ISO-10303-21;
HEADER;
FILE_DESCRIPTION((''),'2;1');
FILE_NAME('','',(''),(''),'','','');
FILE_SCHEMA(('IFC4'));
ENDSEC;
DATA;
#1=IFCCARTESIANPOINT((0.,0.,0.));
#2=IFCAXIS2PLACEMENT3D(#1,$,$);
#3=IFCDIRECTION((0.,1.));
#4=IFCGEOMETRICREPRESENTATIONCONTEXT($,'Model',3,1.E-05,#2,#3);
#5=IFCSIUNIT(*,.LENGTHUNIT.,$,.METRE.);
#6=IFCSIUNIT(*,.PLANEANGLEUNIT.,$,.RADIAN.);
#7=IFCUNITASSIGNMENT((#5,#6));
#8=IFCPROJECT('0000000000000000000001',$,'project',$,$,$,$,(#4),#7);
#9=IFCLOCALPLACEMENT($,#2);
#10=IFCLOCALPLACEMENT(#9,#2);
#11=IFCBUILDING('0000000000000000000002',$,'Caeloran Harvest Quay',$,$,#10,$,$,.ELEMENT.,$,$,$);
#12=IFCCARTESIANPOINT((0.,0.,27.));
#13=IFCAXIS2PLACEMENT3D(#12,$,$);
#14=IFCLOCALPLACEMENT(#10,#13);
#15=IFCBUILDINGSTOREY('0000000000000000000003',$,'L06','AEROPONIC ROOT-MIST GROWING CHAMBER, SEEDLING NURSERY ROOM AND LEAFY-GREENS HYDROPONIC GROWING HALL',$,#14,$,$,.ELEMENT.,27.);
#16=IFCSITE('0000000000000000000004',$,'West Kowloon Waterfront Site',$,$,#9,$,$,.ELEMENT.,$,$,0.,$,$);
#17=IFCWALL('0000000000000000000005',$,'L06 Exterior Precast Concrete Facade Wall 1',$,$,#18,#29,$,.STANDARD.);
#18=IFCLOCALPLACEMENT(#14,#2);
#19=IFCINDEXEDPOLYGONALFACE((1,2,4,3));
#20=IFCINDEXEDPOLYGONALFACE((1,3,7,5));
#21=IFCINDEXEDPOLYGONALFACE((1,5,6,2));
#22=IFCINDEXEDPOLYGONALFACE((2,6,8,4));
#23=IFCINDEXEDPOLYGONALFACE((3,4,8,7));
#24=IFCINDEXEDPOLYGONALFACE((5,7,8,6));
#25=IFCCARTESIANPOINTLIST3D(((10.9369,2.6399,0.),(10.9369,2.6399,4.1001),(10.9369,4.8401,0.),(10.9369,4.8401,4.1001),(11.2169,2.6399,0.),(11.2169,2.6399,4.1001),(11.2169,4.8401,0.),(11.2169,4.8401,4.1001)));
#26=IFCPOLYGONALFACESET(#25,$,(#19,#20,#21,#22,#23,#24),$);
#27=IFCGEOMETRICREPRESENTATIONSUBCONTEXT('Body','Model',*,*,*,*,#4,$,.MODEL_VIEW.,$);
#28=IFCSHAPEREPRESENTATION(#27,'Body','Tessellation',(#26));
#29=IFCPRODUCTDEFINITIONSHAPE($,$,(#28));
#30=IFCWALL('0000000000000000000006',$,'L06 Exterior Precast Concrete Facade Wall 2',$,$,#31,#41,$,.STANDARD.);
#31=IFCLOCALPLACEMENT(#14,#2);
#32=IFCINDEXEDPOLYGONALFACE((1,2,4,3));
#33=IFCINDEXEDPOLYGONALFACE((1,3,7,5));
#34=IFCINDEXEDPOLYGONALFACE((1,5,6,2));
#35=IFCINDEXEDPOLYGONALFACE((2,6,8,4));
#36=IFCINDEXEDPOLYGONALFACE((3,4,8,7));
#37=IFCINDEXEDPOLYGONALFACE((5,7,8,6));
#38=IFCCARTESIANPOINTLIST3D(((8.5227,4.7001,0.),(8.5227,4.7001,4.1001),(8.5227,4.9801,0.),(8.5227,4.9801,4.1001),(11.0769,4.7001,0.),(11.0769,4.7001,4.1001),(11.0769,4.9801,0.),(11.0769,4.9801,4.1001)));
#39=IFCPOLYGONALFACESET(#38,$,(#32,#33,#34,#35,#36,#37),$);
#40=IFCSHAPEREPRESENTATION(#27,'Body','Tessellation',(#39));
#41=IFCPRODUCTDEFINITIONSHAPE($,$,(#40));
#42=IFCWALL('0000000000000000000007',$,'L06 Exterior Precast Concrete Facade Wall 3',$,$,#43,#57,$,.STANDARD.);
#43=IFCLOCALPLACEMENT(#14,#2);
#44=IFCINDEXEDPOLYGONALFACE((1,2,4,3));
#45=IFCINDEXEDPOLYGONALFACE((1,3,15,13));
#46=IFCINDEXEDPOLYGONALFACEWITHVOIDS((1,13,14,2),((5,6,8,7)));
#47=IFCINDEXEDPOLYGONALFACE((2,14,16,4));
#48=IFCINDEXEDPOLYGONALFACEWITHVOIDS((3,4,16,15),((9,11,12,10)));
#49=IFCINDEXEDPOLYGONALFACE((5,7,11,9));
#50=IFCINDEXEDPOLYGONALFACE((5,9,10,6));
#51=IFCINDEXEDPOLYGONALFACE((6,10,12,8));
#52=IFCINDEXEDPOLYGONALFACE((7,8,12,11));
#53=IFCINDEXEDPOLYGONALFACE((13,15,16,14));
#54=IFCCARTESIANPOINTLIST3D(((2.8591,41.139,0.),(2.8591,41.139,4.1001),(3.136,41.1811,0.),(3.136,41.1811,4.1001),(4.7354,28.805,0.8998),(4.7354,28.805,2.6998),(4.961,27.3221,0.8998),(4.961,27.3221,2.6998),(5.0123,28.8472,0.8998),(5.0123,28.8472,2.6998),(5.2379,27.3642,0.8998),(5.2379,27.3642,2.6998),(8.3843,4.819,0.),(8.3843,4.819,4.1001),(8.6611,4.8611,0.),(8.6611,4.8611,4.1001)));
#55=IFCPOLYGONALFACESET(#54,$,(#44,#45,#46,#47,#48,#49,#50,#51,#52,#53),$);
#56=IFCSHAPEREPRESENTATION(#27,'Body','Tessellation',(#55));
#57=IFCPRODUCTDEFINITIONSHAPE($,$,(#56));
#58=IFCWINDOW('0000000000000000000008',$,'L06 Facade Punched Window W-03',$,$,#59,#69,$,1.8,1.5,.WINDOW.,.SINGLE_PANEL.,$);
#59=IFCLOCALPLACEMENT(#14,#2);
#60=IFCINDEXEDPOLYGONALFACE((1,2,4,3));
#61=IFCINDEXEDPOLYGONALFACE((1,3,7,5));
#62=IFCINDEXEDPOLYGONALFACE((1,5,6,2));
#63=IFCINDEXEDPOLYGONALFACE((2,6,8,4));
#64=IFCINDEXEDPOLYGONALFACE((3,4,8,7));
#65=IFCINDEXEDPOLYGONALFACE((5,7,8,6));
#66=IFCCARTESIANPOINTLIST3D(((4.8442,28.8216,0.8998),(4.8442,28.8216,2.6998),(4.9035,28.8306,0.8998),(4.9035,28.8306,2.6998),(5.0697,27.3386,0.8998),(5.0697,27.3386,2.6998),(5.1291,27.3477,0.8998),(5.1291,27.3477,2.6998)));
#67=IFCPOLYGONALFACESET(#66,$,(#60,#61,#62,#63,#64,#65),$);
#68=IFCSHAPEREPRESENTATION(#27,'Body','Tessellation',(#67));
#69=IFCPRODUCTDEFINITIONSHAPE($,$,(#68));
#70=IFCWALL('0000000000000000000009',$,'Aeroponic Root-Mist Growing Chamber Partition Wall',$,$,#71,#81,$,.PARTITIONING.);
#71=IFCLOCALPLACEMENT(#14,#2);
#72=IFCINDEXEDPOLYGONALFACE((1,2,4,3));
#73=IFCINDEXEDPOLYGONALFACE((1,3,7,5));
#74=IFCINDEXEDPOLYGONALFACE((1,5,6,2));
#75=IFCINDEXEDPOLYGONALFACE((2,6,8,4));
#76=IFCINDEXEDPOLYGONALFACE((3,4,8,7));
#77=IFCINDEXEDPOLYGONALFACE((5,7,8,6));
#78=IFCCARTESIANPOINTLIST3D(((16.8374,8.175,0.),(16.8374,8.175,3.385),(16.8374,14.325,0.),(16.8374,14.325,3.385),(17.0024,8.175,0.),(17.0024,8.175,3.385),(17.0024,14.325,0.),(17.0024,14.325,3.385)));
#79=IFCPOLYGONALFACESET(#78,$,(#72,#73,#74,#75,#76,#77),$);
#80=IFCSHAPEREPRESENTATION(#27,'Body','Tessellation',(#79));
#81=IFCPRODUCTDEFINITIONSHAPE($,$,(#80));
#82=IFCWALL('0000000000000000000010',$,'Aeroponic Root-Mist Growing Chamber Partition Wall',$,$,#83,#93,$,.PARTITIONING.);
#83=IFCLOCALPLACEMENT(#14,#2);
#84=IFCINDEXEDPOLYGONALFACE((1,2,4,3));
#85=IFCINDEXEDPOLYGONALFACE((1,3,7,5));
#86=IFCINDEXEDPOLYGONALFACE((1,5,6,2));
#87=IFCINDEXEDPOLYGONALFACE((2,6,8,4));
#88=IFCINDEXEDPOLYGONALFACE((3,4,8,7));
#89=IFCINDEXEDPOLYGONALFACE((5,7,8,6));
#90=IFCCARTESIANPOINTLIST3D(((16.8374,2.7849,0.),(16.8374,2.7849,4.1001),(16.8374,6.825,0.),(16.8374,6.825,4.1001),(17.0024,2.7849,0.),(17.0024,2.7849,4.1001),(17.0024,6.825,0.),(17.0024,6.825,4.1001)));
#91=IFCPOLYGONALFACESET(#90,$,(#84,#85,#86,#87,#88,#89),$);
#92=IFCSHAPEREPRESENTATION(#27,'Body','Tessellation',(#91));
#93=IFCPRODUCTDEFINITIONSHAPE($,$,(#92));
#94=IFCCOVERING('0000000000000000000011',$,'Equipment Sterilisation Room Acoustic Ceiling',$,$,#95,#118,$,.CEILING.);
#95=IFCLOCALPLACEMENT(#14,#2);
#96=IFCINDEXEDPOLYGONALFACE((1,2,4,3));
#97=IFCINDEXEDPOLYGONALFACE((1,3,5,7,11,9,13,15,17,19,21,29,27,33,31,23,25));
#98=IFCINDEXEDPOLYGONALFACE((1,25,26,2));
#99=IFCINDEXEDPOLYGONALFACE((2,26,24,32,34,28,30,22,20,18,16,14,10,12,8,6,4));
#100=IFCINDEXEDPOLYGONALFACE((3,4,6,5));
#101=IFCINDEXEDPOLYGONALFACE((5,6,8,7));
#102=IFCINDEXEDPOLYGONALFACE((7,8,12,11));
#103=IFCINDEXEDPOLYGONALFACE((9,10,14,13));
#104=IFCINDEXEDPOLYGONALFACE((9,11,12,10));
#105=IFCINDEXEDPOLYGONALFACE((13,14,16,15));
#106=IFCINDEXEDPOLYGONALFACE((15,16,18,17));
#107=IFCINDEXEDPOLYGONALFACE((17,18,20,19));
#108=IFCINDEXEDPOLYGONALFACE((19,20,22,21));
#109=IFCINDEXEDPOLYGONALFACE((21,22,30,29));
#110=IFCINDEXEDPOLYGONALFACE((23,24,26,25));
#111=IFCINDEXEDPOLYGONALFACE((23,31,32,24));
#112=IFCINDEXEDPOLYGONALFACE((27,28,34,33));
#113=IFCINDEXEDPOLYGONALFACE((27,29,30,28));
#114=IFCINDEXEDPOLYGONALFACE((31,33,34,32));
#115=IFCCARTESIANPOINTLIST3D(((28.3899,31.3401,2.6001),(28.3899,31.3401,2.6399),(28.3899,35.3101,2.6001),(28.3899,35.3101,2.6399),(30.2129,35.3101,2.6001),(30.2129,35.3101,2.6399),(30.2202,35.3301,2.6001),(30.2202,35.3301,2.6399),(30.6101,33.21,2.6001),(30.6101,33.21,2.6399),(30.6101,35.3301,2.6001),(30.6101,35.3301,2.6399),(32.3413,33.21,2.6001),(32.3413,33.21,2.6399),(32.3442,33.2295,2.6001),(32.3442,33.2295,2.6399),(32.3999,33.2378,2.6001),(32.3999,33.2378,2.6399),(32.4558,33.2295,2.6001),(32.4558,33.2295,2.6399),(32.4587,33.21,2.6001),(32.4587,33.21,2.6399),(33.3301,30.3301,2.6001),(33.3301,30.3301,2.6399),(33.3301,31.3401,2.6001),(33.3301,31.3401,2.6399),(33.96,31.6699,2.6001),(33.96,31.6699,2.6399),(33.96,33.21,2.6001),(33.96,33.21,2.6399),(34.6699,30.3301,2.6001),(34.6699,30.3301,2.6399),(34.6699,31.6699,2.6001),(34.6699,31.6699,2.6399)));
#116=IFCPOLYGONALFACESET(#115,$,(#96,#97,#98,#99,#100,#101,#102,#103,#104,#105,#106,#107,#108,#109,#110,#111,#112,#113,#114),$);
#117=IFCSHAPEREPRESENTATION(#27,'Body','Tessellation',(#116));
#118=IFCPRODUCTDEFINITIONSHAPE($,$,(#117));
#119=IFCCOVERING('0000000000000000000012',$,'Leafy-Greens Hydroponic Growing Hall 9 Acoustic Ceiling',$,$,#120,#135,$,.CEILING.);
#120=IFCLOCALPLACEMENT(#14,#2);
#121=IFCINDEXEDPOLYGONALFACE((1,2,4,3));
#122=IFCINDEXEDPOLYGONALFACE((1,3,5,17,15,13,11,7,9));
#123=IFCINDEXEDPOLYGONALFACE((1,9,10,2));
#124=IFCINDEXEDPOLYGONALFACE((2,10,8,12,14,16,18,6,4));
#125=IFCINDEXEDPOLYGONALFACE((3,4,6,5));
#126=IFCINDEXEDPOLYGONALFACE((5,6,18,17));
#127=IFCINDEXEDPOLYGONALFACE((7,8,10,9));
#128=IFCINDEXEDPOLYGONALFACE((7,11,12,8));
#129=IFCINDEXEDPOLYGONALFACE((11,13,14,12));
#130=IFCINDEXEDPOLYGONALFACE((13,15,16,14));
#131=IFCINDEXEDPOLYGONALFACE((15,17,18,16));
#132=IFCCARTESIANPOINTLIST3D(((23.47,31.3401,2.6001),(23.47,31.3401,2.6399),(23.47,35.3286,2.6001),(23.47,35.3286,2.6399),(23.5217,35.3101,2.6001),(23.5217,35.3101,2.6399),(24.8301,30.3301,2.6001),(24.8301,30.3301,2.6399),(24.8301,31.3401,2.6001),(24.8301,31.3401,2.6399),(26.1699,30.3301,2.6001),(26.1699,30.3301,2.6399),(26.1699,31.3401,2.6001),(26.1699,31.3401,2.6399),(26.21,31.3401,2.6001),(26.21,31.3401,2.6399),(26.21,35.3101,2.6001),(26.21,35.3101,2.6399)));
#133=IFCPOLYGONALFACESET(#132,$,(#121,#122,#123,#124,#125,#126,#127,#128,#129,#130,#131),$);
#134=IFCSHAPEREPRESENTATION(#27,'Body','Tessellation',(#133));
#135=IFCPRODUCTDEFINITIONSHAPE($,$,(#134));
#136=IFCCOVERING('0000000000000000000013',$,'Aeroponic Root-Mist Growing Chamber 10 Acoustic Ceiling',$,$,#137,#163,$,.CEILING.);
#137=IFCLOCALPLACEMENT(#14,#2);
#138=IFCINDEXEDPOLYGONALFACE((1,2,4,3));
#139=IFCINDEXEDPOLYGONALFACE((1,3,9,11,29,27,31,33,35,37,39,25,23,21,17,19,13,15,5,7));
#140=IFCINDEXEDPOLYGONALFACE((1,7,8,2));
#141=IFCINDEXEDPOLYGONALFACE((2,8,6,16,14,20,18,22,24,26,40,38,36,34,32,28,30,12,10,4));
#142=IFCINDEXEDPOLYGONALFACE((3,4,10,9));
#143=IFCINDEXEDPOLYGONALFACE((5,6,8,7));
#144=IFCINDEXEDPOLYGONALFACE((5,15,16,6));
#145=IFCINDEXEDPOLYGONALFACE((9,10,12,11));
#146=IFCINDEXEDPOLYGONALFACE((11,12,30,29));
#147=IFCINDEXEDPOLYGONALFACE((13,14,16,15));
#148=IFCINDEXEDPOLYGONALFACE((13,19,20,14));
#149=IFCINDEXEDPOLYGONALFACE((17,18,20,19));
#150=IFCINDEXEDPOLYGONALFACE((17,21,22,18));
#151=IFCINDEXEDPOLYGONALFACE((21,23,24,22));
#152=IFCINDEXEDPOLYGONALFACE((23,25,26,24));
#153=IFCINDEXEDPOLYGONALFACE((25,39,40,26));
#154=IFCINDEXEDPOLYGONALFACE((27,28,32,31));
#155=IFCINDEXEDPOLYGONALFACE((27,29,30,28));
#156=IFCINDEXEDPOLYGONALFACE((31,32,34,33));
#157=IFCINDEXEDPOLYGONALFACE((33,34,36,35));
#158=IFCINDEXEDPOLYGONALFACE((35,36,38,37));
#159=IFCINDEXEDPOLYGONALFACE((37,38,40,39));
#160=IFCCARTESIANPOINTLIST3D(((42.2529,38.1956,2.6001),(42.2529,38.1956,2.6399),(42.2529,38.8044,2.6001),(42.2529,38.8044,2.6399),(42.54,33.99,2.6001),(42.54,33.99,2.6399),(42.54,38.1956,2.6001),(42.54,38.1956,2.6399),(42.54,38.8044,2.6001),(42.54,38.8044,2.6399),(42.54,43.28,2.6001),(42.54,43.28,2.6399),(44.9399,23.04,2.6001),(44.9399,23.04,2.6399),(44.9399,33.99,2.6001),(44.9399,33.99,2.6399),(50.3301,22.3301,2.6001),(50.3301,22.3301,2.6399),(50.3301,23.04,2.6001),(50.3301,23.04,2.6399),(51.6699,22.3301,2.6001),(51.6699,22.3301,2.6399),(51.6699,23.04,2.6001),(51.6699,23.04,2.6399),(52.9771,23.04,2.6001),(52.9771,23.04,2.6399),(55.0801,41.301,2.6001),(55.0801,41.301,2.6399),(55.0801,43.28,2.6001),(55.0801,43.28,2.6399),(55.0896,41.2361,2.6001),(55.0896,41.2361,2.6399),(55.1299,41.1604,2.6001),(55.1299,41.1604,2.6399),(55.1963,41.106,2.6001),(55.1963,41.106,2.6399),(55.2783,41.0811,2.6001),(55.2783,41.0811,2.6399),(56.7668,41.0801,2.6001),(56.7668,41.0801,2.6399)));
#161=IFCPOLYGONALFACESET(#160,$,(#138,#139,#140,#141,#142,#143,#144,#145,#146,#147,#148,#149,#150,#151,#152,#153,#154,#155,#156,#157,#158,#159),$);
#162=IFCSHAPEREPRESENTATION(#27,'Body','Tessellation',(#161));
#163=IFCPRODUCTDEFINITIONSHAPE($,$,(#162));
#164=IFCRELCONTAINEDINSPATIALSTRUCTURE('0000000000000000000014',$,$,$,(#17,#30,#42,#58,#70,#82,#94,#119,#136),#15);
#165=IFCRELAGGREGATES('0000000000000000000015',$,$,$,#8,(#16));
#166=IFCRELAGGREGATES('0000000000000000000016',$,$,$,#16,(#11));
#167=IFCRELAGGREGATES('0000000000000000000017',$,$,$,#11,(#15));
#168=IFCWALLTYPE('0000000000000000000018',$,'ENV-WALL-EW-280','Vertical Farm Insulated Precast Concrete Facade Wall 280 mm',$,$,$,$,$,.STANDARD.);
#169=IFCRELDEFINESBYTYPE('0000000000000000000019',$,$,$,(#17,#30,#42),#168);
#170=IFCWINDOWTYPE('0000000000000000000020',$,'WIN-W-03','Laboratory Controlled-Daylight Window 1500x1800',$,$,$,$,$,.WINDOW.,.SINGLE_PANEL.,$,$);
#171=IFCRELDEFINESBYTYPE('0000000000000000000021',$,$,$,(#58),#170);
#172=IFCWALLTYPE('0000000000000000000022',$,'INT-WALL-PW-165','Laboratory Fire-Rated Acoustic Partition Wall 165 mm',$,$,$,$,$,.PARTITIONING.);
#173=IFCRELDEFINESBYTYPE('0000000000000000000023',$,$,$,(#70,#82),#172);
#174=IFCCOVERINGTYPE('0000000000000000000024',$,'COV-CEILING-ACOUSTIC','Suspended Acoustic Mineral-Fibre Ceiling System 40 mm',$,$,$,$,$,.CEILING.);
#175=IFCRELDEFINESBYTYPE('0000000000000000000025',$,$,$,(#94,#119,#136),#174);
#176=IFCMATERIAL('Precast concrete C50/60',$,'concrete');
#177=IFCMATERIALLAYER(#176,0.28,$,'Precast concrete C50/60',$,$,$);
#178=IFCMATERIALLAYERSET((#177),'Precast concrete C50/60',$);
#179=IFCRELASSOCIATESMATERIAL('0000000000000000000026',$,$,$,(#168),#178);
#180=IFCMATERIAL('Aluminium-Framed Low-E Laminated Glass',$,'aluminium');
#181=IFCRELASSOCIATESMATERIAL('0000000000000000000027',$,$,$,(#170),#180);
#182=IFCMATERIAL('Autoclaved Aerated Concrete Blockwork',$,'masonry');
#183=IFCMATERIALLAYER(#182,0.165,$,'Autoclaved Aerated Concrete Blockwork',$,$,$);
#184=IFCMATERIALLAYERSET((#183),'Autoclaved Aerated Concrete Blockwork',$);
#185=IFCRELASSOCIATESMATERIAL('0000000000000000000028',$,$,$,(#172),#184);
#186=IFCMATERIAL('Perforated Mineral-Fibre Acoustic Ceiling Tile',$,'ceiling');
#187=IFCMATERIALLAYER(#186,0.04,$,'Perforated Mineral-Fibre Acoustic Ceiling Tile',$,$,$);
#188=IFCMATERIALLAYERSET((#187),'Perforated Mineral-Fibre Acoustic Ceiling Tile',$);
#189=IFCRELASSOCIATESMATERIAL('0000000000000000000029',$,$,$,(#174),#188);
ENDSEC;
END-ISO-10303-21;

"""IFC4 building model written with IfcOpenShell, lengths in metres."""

from ifc_helpers import new_model, si_unit, direction, frame, frame_2d, origin, place, context, subcontext, project, spatial, polyline, rectangle, outline, extrude, material, layer, layer_set, type_object, element, fill, save


model = new_model("IFC4")

# Units and contexts
model_context = context("Model", 3, precision=1e-05, world=origin(), true_north=direction((0.0, 1.0)))
body_context = subcontext(model_context, "Body", "Model", "MODEL_VIEW")
ifc_project = project(units=[si_unit("LENGTHUNIT", "METRE"), si_unit("PLANEANGLEUNIT", "RADIAN")], contexts=[model_context])

# Site, building, storey
site_placement = place(None, origin())
site = spatial("IfcSite", under=ifc_project, at=site_placement, Name="West Kowloon Waterfront Site", CompositionType="ELEMENT", RefElevation=0.0)
building_placement = place(site_placement, origin())
building = spatial("IfcBuilding", under=site, at=building_placement, Name="Caeloran Harvest Quay", CompositionType="ELEMENT")
storey_placement = place(building_placement, frame((0.0, 0.0, 27.0)))
storey = spatial("IfcBuildingStorey", under=building, at=storey_placement, Name="L06", Description="AEROPONIC ROOT-MIST GROWING CHAMBER, SEEDLING NURSERY ROOM AND LEAFY-GREENS HYDROPONIC GROWING HALL", CompositionType="ELEMENT", Elevation=27.0)

# Walls
ifc_material_1 = material(Name="Precast concrete C50/60", Category="concrete")
ifc_layer_1 = layer(ifc_material_1, 0.28, Name="Precast concrete C50/60")
ifc_layer_set_1 = layer_set([ifc_layer_1], Name="Precast concrete C50/60")
wall_type_1 = type_object("IfcWallType", Name="ENV-WALL-EW-280", Description="Vertical Farm Insulated Precast Concrete Facade Wall 280 mm", PredefinedType="STANDARD", material=ifc_layer_set_1)
wall_1_placement = place(storey_placement, frame((11.0769, 2.6399, 0.0), z_axis=(0.0, 0.0, 1.0), x_axis=(0.0, 1.0, 0.0)))
element("IfcWall", 1, at=wall_1_placement, inside=storey, type_object=wall_type_1, Name="L06 Exterior Precast Concrete Facade Wall 1", PredefinedType="STANDARD", context=body_context, shape_type="SweptSolid", body=[
    extrude(rectangle(XDim=2.2002, YDim=0.28, at=frame_2d((1.1001, 0.0))), origin(), (0.0, 0.0, 1.0), 4.1001),
])
wall_2_placement = place(storey_placement, frame((11.0769, 4.8401, 0.0), z_axis=(0.0, 0.0, 1.0), x_axis=(-1.0, 0.0, 0.0)))
element("IfcWall", 2, at=wall_2_placement, inside=storey, type_object=wall_type_1, Name="L06 Exterior Precast Concrete Facade Wall 2", PredefinedType="STANDARD", context=body_context, shape_type="SweptSolid", body=[
    extrude(rectangle(XDim=2.5542, YDim=0.28, at=frame_2d((1.2771, 0.0))), origin(), (0.0, 0.0, 1.0), 4.1001),
])

# Wall, opening, window
wall_3_placement = place(storey_placement, frame((8.5227, 4.8401, 0.0), z_axis=(0.0, 0.0, 1.0), x_axis=(-0.150395, 0.988626, 0.0)))
wall_3 = element("IfcWall", 3, at=wall_3_placement, inside=storey, type_object=wall_type_1, Name="L06 Exterior Precast Concrete Facade Wall 3", PredefinedType="STANDARD", context=body_context, shape_type="SweptSolid", body=[
    extrude(rectangle(XDim=36.7378, YDim=0.28, at=frame_2d((18.3689, 0.0))), origin(), (0.0, 0.0, 1.0), 4.1001),
])
opening_placement = place(wall_3_placement, frame((22.762, 0.0, 0.8999)))
opening = element("IfcOpeningElement", 4, at=opening_placement, cuts=wall_3, PredefinedType="OPENING", context=body_context, shape_type="SweptSolid", body=[
    extrude(rectangle(XDim=1.5, YDim=1.8, at=frame_2d((0.75, 0.8999))), frame((0.0, 0.1499, 0.0), z_axis=(0.0, -1.0, 0.0), x_axis=(1.0, 0.0, 0.0)), (0.0, 0.0, 1.0), 0.3),
])
ifc_material_2 = material(Name="Aluminium-Framed Low-E Laminated Glass", Category="aluminium")
window_type = type_object("IfcWindowType", Name="WIN-W-03", Description="Laboratory Controlled-Daylight Window 1500x1800", PartitioningType="SINGLE_PANEL", PredefinedType="WINDOW", material=ifc_material_2)
window_placement = place(opening_placement, origin())
window = element("IfcWindow", 5, at=window_placement, inside=storey, type_object=window_type, Name="L06 Facade Punched Window W-03", OverallHeight=1.8, OverallWidth=1.5, PartitioningType="SINGLE_PANEL", PredefinedType="WINDOW", context=body_context, shape_type="SweptSolid", body=[
    extrude(rectangle(XDim=1.5, YDim=1.8, at=frame_2d((0.75, 0.8999))), frame((0.0, 0.03, 0.0), z_axis=(0.0, -1.0, 0.0), x_axis=(1.0, 0.0, 0.0)), (0.0, 0.0, 1.0), 0.0601),
])
fill(opening, window)

# Walls
ifc_material_3 = material(Name="Autoclaved Aerated Concrete Blockwork", Category="masonry")
ifc_layer_2 = layer(ifc_material_3, 0.165, Name="Autoclaved Aerated Concrete Blockwork")
ifc_layer_set_2 = layer_set([ifc_layer_2], Name="Autoclaved Aerated Concrete Blockwork")
wall_type_2 = type_object("IfcWallType", Name="INT-WALL-PW-165", Description="Laboratory Fire-Rated Acoustic Partition Wall 165 mm", PredefinedType="PARTITIONING", material=ifc_layer_set_2)
wall_4_placement = place(storey_placement, frame((16.9199, 14.325, 0.0), z_axis=(0.0, 0.0, 1.0), x_axis=(0.0, -1.0, 0.0)))
element("IfcWall", 6, at=wall_4_placement, inside=storey, type_object=wall_type_2, Name="Aeroponic Root-Mist Growing Chamber Partition Wall", PredefinedType="PARTITIONING", context=body_context, shape_type="SweptSolid", body=[
    extrude(rectangle(XDim=6.1499, YDim=0.165, at=frame_2d((3.075, 0.0))), origin(), (0.0, 0.0, 1.0), 3.385),
])
wall_5_placement = place(storey_placement, frame((16.9199, 6.825, 0.0), z_axis=(0.0, 0.0, 1.0), x_axis=(0.0, -1.0, 0.0)))
element("IfcWall", 7, at=wall_5_placement, inside=storey, type_object=wall_type_2, Name="Aeroponic Root-Mist Growing Chamber Partition Wall", PredefinedType="PARTITIONING", context=body_context, shape_type="SweptSolid", body=[
    extrude(rectangle(XDim=4.04, YDim=0.165, at=frame_2d((2.02, 0.0))), origin(), (0.0, 0.0, 1.0), 4.1001),
])

# Coverings
ifc_material_4 = material(Name="Perforated Mineral-Fibre Acoustic Ceiling Tile", Category="ceiling")
ifc_layer_3 = layer(ifc_material_4, 0.04, Name="Perforated Mineral-Fibre Acoustic Ceiling Tile")
ifc_layer_set_3 = layer_set([ifc_layer_3], Name="Perforated Mineral-Fibre Acoustic Ceiling Tile")
covering_type_1 = type_object("IfcCoveringType", Name="COV-CEILING-ACOUSTIC", Description="Suspended Acoustic Mineral-Fibre Ceiling System 40 mm", PredefinedType="CEILING", material=ifc_layer_set_3)
covering_1_placement = place(storey_placement, frame((0.0, 0.0, 2.6001)))
element("IfcCovering", 8, at=covering_1_placement, inside=storey, type_object=covering_type_1, Name="Equipment Sterilisation Room Acoustic Ceiling", PredefinedType="CEILING", context=body_context, shape_type="SweptSolid", body=[
    extrude(outline(polyline([(34.6699, 31.6699), (34.6699, 30.3301), (33.3301, 30.3301), (33.3301, 31.3401), (28.3899, 31.3401), (28.3899, 35.3101), (30.2129, 35.3101), (30.2202, 35.3301), (30.6101, 35.3301), (30.6101, 33.21), (32.3413, 33.21), (32.3442, 33.2295), (32.3999, 33.2378), (32.4558, 33.2295), (32.4587, 33.21), (33.96, 33.21), (33.96, 31.6699), (34.6699, 31.6699)])), origin(), (0.0, 0.0, 1.0), 0.0398),
])
covering_2_placement = place(storey_placement, frame((0.0, 0.0, 2.6001)))
element("IfcCovering", 9, at=covering_2_placement, inside=storey, type_object=covering_type_1, Name="Leafy-Greens Hydroponic Growing Hall 9 Acoustic Ceiling", PredefinedType="CEILING", context=body_context, shape_type="SweptSolid", body=[
    extrude(outline(polyline([(26.1699, 30.3301), (24.8301, 30.3301), (24.8301, 31.3401), (23.47, 31.3401), (23.47, 35.3286), (23.5217, 35.3101), (26.21, 35.3101), (26.21, 31.3401), (26.1699, 31.3401), (26.1699, 30.3301)])), origin(), (0.0, 0.0, 1.0), 0.0398),
])
covering_3_placement = place(storey_placement, frame((0.0, 0.0, 2.6001)))
element("IfcCovering", 10, at=covering_3_placement, inside=storey, type_object=covering_type_1, Name="Aeroponic Root-Mist Growing Chamber 10 Acoustic Ceiling", PredefinedType="CEILING", context=body_context, shape_type="SweptSolid", body=[
    extrude(outline(polyline([(50.3301, 23.04), (44.9399, 23.04), (44.9399, 33.99), (42.54, 33.99), (42.54, 38.1956), (42.2529, 38.1956), (42.2529, 38.8044), (42.54, 38.8044), (42.54, 43.28), (55.0801, 43.28), (55.0801, 41.301), (55.0896, 41.2361), (55.1299, 41.1604), (55.1963, 41.106), (55.2783, 41.0811), (56.7668, 41.0801), (52.9771, 23.04), (51.6699, 23.04), (51.6699, 22.3301), (50.3301, 22.3301), (50.3301, 23.04)])), origin(), (0.0, 0.0, 1.0), 0.0398),
])

save(model, "model.ifc")
